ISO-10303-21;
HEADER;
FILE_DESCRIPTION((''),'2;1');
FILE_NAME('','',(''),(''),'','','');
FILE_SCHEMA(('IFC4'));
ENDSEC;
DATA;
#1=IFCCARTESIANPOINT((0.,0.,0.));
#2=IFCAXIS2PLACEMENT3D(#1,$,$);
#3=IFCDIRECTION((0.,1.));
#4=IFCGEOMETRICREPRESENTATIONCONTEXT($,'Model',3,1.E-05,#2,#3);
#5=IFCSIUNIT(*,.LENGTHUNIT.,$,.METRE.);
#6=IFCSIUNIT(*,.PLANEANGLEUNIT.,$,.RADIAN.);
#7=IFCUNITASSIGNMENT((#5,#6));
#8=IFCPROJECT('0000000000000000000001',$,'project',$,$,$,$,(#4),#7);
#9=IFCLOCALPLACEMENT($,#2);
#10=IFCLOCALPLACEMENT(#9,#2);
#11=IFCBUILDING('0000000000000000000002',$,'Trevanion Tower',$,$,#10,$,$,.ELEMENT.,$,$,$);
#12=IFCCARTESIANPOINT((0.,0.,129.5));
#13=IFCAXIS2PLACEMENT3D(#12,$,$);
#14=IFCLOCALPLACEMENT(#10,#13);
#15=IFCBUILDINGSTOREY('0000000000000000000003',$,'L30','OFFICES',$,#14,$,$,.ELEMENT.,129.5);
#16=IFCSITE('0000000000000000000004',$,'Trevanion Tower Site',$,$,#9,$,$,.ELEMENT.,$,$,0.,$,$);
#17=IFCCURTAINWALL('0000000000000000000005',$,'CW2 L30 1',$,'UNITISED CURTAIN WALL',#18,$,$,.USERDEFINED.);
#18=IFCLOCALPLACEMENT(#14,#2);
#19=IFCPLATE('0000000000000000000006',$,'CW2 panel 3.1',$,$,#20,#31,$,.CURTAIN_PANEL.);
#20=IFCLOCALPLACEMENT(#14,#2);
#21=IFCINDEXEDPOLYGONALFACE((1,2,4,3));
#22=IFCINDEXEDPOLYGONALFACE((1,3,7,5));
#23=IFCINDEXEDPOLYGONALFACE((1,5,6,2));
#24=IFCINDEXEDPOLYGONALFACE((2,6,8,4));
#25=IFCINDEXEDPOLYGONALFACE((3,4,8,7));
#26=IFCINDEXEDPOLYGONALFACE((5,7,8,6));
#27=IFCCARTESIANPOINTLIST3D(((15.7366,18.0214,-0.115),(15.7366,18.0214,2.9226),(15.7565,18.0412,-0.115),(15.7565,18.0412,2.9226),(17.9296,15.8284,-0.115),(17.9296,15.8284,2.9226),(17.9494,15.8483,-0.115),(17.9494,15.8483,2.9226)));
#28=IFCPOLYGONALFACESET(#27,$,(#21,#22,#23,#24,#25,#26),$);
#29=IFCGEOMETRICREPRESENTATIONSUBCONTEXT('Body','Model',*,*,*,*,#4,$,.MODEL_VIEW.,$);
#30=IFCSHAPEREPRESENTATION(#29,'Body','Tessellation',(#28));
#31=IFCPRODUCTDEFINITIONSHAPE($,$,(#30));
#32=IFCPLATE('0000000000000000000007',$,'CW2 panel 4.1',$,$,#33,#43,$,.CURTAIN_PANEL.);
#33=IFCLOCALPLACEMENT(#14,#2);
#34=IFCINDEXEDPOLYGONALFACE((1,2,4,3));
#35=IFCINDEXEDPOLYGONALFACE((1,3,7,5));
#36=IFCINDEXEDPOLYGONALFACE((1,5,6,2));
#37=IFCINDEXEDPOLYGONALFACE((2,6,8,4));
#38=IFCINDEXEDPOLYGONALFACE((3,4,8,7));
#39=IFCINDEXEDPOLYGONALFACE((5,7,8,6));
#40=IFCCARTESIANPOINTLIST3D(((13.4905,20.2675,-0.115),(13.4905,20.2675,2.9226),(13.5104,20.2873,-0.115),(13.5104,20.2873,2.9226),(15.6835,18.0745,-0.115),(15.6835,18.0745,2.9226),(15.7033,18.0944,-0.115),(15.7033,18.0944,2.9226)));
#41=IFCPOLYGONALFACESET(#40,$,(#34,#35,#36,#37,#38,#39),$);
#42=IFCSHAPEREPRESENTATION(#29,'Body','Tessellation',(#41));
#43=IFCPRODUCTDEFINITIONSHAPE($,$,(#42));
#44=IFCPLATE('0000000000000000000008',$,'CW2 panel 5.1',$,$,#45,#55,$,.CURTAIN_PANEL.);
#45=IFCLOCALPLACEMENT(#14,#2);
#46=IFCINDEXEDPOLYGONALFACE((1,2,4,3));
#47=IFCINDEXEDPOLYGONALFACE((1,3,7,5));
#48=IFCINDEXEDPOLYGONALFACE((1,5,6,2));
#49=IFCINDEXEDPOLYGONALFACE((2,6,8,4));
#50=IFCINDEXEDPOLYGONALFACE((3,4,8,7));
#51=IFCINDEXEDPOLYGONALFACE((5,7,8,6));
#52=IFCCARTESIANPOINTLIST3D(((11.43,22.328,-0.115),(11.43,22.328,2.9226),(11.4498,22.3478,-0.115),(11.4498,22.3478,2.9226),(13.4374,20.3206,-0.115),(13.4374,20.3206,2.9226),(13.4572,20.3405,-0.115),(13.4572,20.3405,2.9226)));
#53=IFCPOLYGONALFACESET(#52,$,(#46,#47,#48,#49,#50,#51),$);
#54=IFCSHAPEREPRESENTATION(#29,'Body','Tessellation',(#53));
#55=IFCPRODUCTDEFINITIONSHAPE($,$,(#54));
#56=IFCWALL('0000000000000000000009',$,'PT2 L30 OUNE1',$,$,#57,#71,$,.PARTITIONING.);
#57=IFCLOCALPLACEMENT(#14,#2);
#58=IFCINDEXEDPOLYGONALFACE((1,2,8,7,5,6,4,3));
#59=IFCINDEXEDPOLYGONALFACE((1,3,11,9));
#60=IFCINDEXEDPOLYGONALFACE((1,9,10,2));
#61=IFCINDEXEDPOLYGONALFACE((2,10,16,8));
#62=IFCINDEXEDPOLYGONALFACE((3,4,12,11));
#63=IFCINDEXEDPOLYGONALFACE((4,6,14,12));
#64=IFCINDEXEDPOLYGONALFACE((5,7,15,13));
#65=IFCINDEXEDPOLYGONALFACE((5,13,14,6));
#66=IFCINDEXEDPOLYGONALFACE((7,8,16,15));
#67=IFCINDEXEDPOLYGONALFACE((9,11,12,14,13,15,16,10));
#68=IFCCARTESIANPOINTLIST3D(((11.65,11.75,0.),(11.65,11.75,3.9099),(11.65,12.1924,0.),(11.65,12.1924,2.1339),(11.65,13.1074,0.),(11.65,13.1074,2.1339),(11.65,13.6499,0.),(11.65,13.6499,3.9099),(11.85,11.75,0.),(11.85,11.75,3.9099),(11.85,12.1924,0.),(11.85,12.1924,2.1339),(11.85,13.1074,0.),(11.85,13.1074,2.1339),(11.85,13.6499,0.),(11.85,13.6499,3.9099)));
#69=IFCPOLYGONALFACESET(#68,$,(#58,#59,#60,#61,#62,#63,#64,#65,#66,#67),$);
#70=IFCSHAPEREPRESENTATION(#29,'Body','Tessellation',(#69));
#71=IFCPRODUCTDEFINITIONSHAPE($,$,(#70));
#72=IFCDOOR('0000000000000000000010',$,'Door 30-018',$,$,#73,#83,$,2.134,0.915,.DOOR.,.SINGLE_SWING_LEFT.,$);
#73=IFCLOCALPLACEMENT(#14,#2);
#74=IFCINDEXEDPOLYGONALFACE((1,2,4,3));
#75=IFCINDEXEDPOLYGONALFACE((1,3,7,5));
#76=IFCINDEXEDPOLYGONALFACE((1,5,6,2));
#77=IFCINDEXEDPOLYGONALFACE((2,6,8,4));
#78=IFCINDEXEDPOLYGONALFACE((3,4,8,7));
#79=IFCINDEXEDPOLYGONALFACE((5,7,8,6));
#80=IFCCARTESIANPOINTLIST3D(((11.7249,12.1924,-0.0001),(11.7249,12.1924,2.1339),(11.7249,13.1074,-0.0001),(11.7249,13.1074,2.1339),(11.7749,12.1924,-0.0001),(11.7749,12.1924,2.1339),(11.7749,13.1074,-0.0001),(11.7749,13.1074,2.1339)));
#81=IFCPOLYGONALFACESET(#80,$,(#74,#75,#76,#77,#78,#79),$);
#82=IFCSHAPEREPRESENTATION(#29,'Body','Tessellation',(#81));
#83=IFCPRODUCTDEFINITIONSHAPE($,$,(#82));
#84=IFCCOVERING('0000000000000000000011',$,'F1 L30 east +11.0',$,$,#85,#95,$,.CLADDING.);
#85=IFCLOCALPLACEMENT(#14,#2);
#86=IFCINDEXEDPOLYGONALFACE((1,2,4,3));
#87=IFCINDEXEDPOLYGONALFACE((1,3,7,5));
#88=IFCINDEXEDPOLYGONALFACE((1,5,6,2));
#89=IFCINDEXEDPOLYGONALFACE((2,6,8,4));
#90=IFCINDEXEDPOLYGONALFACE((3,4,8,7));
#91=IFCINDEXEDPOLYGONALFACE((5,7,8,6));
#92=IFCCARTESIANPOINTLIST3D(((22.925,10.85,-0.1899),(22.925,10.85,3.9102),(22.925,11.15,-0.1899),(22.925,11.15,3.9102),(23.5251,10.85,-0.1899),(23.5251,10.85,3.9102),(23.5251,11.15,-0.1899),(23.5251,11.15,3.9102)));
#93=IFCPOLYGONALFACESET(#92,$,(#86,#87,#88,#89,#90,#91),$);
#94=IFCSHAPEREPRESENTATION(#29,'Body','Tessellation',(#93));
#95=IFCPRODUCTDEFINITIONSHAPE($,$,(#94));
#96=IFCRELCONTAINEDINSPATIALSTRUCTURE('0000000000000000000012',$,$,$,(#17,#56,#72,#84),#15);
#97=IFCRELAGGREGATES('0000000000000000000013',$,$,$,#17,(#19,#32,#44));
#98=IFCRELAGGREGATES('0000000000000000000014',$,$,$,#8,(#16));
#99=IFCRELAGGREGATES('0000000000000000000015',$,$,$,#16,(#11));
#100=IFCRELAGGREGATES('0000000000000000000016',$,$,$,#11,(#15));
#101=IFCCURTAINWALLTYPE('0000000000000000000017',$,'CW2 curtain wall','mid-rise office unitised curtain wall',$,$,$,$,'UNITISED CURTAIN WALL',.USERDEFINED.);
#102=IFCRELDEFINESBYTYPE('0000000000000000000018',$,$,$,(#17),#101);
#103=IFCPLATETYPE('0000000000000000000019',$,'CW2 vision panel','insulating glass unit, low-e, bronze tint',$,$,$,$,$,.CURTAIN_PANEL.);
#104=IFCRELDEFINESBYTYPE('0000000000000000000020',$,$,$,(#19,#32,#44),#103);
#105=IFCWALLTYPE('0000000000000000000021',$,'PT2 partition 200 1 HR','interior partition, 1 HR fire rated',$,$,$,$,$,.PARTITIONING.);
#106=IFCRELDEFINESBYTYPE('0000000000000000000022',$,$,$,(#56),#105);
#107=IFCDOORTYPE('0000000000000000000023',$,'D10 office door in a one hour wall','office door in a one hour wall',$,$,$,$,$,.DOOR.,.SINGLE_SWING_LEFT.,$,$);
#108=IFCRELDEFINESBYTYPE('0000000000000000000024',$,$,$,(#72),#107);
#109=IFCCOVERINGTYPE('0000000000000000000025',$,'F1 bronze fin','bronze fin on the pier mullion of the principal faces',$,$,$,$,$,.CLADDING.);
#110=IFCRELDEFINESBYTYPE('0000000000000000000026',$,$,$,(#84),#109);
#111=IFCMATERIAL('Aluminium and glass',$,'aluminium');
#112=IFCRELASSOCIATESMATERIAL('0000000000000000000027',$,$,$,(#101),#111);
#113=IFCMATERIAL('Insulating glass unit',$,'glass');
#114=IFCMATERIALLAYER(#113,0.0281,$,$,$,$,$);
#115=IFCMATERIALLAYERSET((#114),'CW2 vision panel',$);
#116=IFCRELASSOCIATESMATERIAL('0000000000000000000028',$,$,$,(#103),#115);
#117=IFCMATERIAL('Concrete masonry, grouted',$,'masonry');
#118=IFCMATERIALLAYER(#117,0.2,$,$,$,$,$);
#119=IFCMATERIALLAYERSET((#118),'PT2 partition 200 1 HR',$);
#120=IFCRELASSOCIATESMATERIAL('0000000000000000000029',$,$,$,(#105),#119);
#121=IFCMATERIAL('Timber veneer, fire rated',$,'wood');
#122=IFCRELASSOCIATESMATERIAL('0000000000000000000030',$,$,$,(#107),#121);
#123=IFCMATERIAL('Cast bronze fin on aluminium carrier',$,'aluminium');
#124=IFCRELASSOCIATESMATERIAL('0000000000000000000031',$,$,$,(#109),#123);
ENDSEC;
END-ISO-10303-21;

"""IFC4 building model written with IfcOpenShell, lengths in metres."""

from ifc_helpers import new_model, si_unit, direction, frame, frame_2d, origin, origin_2d, place, context, subcontext, project, spatial, rectangle, extrude, material, layer, layer_set, type_object, element, fill, aggregate, save


model = new_model("IFC4")

# Units and contexts
model_context = context("Model", 3, precision=1e-05, world=origin(), true_north=direction((0.0, 1.0)))
body_context = subcontext(model_context, "Body", "Model", "MODEL_VIEW")
ifc_project = project(units=[si_unit("LENGTHUNIT", "METRE"), si_unit("PLANEANGLEUNIT", "RADIAN")], contexts=[model_context])

# Site, building, storey
site_placement = place(None, origin())
site = spatial("IfcSite", under=ifc_project, at=site_placement, Name="Trevanion Tower Site", CompositionType="ELEMENT", RefElevation=0.0)
building_placement = place(site_placement, origin())
building = spatial("IfcBuilding", under=site, at=building_placement, Name="Trevanion Tower", CompositionType="ELEMENT")
storey_placement = place(building_placement, frame((0.0, 0.0, 129.5)))
storey = spatial("IfcBuildingStorey", under=building, at=storey_placement, Name="L30", Description="OFFICES", CompositionType="ELEMENT", Elevation=129.5)

# Curtain wall
ifc_material_1 = material(Name="Aluminium and glass", Category="aluminium")
curtain_wall_type = type_object("IfcCurtainWallType", Name="CW2 curtain wall", Description="mid-rise office unitised curtain wall", ElementType="UNITISED CURTAIN WALL", PredefinedType="USERDEFINED", material=ifc_material_1)
curtain_wall_1_placement = place(storey_placement, origin())
curtain_wall_1 = element("IfcCurtainWall", 1, at=curtain_wall_1_placement, inside=storey, type_object=curtain_wall_type, Name="CW2 L30 1", ObjectType="UNITISED CURTAIN WALL", PredefinedType="USERDEFINED")

# Plates
ifc_material_2 = material(Name="Insulating glass unit", Category="glass")
ifc_layer_1 = layer(ifc_material_2, 0.0281)
ifc_layer_set_1 = layer_set([ifc_layer_1], Name="CW2 vision panel")
plate_type_1 = type_object("IfcPlateType", Name="CW2 vision panel", Description="insulating glass unit, low-e, bronze tint", PredefinedType="CURTAIN_PANEL", material=ifc_layer_set_1)
plate_1_placement = place(storey_placement, frame((16.843, 16.9348, -0.115), z_axis=(0.0, 0.0, 1.0), x_axis=(-0.707107, 0.707107, 0.0)))
plate_1 = element("IfcPlate", 2, at=plate_1_placement, type_object=plate_type_1, Name="CW2 panel 3.1", PredefinedType="CURTAIN_PANEL", context=body_context, shape_type="SweptSolid", body=[
    extrude(rectangle(XDim=3.1013, YDim=0.0281, at=origin_2d()), origin(), (0.0, 0.0, 1.0), 3.0376),
])
plate_2_placement = place(storey_placement, frame((14.5969, 19.1809, -0.115), z_axis=(0.0, 0.0, 1.0), x_axis=(-0.707107, 0.707107, 0.0)))
plate_2 = element("IfcPlate", 3, at=plate_2_placement, type_object=plate_type_1, Name="CW2 panel 4.1", PredefinedType="CURTAIN_PANEL", context=body_context, shape_type="SweptSolid", body=[
    extrude(rectangle(XDim=3.1013, YDim=0.0281, at=origin_2d()), origin(), (0.0, 0.0, 1.0), 3.0376),
])
plate_3_placement = place(storey_placement, frame((12.4436, 21.3342, -0.115), z_axis=(0.0, 0.0, 1.0), x_axis=(-0.707107, 0.707107, 0.0)))
plate_3 = element("IfcPlate", 4, at=plate_3_placement, type_object=plate_type_1, Name="CW2 panel 5.1", PredefinedType="CURTAIN_PANEL", context=body_context, shape_type="SweptSolid", body=[
    extrude(rectangle(XDim=2.8389, YDim=0.0281, at=origin_2d()), origin(), (0.0, 0.0, 1.0), 3.0376),
])
aggregate(curtain_wall_1, [plate_1, plate_2, plate_3])

# Wall, opening, door
ifc_material_3 = material(Name="Concrete masonry, grouted", Category="masonry")
ifc_layer_2 = layer(ifc_material_3, 0.2)
ifc_layer_set_2 = layer_set([ifc_layer_2], Name="PT2 partition 200 1 HR")
wall_type = type_object("IfcWallType", Name="PT2 partition 200 1 HR", Description="interior partition, 1 HR fire rated", PredefinedType="PARTITIONING", material=ifc_layer_set_2)
wall_placement = place(storey_placement, frame((11.75, 11.75, 0.0), z_axis=(0.0, 0.0, 1.0), x_axis=(0.0, 1.0, 0.0)))
wall = element("IfcWall", 5, at=wall_placement, inside=storey, type_object=wall_type, Name="PT2 L30 OUNE1", PredefinedType="PARTITIONING", context=body_context, shape_type="SweptSolid", body=[
    extrude(rectangle(XDim=1.8999, YDim=0.2, at=frame_2d((0.95, 0.0))), origin(), (0.0, 0.0, 1.0), 3.9099),
])
opening_placement = place(wall_placement, frame((0.4424, 0.0, 0.0)))
opening = element("IfcOpeningElement", 6, at=opening_placement, cuts=wall, PredefinedType="OPENING", context=body_context, shape_type="SweptSolid", body=[
    extrude(rectangle(XDim=0.915, YDim=2.134, at=frame_2d((0.4575, 1.0669))), frame((0.0, 0.1099, 0.0), z_axis=(0.0, -1.0, 0.0), x_axis=(1.0, 0.0, 0.0)), (0.0, 0.0, 1.0), 0.22),
])
ifc_material_4 = material(Name="Timber veneer, fire rated", Category="wood")
door_type = type_object("IfcDoorType", Name="D10 office door in a one hour wall", Description="office door in a one hour wall", OperationType="SINGLE_SWING_LEFT", PredefinedType="DOOR", material=ifc_material_4)
door_placement = place(opening_placement, frame((0.915, 0.0, 0.0), z_axis=(0.0, 0.0, 1.0), x_axis=(-1.0, 0.0, 0.0)))
door = element("IfcDoor", 7, at=door_placement, inside=storey, type_object=door_type, Name="Door 30-018", OperationType="SINGLE_SWING_LEFT", OverallHeight=2.134, OverallWidth=0.915, PredefinedType="DOOR", context=body_context, shape_type="SweptSolid", body=[
    extrude(rectangle(XDim=0.915, YDim=2.134, at=frame_2d((0.4575, 1.0669))), frame((0.0, 0.0249, 0.0), z_axis=(0.0, -1.0, 0.0), x_axis=(1.0, 0.0, 0.0)), (0.0, 0.0, 1.0), 0.05),
])
fill(opening, door)

# Covering
ifc_material_5 = material(Name="Cast bronze fin on aluminium carrier", Category="aluminium")
covering_type = type_object("IfcCoveringType", Name="F1 bronze fin", Description="bronze fin on the pier mullion of the principal faces", PredefinedType="CLADDING", material=ifc_material_5)
covering_placement = place(storey_placement, frame((23.2251, 11.0, -0.1899), z_axis=(0.0, 0.0, 1.0), x_axis=(0.0, 1.0, 0.0)))
element("IfcCovering", 8, at=covering_placement, inside=storey, type_object=covering_type, Name="F1 L30 east +11.0", PredefinedType="CLADDING", context=body_context, shape_type="SweptSolid", body=[
    extrude(rectangle(XDim=0.3, YDim=0.6001, at=origin_2d()), origin(), (0.0, 0.0, 1.0), 4.1001),
])

save(model, "model.ifc")
